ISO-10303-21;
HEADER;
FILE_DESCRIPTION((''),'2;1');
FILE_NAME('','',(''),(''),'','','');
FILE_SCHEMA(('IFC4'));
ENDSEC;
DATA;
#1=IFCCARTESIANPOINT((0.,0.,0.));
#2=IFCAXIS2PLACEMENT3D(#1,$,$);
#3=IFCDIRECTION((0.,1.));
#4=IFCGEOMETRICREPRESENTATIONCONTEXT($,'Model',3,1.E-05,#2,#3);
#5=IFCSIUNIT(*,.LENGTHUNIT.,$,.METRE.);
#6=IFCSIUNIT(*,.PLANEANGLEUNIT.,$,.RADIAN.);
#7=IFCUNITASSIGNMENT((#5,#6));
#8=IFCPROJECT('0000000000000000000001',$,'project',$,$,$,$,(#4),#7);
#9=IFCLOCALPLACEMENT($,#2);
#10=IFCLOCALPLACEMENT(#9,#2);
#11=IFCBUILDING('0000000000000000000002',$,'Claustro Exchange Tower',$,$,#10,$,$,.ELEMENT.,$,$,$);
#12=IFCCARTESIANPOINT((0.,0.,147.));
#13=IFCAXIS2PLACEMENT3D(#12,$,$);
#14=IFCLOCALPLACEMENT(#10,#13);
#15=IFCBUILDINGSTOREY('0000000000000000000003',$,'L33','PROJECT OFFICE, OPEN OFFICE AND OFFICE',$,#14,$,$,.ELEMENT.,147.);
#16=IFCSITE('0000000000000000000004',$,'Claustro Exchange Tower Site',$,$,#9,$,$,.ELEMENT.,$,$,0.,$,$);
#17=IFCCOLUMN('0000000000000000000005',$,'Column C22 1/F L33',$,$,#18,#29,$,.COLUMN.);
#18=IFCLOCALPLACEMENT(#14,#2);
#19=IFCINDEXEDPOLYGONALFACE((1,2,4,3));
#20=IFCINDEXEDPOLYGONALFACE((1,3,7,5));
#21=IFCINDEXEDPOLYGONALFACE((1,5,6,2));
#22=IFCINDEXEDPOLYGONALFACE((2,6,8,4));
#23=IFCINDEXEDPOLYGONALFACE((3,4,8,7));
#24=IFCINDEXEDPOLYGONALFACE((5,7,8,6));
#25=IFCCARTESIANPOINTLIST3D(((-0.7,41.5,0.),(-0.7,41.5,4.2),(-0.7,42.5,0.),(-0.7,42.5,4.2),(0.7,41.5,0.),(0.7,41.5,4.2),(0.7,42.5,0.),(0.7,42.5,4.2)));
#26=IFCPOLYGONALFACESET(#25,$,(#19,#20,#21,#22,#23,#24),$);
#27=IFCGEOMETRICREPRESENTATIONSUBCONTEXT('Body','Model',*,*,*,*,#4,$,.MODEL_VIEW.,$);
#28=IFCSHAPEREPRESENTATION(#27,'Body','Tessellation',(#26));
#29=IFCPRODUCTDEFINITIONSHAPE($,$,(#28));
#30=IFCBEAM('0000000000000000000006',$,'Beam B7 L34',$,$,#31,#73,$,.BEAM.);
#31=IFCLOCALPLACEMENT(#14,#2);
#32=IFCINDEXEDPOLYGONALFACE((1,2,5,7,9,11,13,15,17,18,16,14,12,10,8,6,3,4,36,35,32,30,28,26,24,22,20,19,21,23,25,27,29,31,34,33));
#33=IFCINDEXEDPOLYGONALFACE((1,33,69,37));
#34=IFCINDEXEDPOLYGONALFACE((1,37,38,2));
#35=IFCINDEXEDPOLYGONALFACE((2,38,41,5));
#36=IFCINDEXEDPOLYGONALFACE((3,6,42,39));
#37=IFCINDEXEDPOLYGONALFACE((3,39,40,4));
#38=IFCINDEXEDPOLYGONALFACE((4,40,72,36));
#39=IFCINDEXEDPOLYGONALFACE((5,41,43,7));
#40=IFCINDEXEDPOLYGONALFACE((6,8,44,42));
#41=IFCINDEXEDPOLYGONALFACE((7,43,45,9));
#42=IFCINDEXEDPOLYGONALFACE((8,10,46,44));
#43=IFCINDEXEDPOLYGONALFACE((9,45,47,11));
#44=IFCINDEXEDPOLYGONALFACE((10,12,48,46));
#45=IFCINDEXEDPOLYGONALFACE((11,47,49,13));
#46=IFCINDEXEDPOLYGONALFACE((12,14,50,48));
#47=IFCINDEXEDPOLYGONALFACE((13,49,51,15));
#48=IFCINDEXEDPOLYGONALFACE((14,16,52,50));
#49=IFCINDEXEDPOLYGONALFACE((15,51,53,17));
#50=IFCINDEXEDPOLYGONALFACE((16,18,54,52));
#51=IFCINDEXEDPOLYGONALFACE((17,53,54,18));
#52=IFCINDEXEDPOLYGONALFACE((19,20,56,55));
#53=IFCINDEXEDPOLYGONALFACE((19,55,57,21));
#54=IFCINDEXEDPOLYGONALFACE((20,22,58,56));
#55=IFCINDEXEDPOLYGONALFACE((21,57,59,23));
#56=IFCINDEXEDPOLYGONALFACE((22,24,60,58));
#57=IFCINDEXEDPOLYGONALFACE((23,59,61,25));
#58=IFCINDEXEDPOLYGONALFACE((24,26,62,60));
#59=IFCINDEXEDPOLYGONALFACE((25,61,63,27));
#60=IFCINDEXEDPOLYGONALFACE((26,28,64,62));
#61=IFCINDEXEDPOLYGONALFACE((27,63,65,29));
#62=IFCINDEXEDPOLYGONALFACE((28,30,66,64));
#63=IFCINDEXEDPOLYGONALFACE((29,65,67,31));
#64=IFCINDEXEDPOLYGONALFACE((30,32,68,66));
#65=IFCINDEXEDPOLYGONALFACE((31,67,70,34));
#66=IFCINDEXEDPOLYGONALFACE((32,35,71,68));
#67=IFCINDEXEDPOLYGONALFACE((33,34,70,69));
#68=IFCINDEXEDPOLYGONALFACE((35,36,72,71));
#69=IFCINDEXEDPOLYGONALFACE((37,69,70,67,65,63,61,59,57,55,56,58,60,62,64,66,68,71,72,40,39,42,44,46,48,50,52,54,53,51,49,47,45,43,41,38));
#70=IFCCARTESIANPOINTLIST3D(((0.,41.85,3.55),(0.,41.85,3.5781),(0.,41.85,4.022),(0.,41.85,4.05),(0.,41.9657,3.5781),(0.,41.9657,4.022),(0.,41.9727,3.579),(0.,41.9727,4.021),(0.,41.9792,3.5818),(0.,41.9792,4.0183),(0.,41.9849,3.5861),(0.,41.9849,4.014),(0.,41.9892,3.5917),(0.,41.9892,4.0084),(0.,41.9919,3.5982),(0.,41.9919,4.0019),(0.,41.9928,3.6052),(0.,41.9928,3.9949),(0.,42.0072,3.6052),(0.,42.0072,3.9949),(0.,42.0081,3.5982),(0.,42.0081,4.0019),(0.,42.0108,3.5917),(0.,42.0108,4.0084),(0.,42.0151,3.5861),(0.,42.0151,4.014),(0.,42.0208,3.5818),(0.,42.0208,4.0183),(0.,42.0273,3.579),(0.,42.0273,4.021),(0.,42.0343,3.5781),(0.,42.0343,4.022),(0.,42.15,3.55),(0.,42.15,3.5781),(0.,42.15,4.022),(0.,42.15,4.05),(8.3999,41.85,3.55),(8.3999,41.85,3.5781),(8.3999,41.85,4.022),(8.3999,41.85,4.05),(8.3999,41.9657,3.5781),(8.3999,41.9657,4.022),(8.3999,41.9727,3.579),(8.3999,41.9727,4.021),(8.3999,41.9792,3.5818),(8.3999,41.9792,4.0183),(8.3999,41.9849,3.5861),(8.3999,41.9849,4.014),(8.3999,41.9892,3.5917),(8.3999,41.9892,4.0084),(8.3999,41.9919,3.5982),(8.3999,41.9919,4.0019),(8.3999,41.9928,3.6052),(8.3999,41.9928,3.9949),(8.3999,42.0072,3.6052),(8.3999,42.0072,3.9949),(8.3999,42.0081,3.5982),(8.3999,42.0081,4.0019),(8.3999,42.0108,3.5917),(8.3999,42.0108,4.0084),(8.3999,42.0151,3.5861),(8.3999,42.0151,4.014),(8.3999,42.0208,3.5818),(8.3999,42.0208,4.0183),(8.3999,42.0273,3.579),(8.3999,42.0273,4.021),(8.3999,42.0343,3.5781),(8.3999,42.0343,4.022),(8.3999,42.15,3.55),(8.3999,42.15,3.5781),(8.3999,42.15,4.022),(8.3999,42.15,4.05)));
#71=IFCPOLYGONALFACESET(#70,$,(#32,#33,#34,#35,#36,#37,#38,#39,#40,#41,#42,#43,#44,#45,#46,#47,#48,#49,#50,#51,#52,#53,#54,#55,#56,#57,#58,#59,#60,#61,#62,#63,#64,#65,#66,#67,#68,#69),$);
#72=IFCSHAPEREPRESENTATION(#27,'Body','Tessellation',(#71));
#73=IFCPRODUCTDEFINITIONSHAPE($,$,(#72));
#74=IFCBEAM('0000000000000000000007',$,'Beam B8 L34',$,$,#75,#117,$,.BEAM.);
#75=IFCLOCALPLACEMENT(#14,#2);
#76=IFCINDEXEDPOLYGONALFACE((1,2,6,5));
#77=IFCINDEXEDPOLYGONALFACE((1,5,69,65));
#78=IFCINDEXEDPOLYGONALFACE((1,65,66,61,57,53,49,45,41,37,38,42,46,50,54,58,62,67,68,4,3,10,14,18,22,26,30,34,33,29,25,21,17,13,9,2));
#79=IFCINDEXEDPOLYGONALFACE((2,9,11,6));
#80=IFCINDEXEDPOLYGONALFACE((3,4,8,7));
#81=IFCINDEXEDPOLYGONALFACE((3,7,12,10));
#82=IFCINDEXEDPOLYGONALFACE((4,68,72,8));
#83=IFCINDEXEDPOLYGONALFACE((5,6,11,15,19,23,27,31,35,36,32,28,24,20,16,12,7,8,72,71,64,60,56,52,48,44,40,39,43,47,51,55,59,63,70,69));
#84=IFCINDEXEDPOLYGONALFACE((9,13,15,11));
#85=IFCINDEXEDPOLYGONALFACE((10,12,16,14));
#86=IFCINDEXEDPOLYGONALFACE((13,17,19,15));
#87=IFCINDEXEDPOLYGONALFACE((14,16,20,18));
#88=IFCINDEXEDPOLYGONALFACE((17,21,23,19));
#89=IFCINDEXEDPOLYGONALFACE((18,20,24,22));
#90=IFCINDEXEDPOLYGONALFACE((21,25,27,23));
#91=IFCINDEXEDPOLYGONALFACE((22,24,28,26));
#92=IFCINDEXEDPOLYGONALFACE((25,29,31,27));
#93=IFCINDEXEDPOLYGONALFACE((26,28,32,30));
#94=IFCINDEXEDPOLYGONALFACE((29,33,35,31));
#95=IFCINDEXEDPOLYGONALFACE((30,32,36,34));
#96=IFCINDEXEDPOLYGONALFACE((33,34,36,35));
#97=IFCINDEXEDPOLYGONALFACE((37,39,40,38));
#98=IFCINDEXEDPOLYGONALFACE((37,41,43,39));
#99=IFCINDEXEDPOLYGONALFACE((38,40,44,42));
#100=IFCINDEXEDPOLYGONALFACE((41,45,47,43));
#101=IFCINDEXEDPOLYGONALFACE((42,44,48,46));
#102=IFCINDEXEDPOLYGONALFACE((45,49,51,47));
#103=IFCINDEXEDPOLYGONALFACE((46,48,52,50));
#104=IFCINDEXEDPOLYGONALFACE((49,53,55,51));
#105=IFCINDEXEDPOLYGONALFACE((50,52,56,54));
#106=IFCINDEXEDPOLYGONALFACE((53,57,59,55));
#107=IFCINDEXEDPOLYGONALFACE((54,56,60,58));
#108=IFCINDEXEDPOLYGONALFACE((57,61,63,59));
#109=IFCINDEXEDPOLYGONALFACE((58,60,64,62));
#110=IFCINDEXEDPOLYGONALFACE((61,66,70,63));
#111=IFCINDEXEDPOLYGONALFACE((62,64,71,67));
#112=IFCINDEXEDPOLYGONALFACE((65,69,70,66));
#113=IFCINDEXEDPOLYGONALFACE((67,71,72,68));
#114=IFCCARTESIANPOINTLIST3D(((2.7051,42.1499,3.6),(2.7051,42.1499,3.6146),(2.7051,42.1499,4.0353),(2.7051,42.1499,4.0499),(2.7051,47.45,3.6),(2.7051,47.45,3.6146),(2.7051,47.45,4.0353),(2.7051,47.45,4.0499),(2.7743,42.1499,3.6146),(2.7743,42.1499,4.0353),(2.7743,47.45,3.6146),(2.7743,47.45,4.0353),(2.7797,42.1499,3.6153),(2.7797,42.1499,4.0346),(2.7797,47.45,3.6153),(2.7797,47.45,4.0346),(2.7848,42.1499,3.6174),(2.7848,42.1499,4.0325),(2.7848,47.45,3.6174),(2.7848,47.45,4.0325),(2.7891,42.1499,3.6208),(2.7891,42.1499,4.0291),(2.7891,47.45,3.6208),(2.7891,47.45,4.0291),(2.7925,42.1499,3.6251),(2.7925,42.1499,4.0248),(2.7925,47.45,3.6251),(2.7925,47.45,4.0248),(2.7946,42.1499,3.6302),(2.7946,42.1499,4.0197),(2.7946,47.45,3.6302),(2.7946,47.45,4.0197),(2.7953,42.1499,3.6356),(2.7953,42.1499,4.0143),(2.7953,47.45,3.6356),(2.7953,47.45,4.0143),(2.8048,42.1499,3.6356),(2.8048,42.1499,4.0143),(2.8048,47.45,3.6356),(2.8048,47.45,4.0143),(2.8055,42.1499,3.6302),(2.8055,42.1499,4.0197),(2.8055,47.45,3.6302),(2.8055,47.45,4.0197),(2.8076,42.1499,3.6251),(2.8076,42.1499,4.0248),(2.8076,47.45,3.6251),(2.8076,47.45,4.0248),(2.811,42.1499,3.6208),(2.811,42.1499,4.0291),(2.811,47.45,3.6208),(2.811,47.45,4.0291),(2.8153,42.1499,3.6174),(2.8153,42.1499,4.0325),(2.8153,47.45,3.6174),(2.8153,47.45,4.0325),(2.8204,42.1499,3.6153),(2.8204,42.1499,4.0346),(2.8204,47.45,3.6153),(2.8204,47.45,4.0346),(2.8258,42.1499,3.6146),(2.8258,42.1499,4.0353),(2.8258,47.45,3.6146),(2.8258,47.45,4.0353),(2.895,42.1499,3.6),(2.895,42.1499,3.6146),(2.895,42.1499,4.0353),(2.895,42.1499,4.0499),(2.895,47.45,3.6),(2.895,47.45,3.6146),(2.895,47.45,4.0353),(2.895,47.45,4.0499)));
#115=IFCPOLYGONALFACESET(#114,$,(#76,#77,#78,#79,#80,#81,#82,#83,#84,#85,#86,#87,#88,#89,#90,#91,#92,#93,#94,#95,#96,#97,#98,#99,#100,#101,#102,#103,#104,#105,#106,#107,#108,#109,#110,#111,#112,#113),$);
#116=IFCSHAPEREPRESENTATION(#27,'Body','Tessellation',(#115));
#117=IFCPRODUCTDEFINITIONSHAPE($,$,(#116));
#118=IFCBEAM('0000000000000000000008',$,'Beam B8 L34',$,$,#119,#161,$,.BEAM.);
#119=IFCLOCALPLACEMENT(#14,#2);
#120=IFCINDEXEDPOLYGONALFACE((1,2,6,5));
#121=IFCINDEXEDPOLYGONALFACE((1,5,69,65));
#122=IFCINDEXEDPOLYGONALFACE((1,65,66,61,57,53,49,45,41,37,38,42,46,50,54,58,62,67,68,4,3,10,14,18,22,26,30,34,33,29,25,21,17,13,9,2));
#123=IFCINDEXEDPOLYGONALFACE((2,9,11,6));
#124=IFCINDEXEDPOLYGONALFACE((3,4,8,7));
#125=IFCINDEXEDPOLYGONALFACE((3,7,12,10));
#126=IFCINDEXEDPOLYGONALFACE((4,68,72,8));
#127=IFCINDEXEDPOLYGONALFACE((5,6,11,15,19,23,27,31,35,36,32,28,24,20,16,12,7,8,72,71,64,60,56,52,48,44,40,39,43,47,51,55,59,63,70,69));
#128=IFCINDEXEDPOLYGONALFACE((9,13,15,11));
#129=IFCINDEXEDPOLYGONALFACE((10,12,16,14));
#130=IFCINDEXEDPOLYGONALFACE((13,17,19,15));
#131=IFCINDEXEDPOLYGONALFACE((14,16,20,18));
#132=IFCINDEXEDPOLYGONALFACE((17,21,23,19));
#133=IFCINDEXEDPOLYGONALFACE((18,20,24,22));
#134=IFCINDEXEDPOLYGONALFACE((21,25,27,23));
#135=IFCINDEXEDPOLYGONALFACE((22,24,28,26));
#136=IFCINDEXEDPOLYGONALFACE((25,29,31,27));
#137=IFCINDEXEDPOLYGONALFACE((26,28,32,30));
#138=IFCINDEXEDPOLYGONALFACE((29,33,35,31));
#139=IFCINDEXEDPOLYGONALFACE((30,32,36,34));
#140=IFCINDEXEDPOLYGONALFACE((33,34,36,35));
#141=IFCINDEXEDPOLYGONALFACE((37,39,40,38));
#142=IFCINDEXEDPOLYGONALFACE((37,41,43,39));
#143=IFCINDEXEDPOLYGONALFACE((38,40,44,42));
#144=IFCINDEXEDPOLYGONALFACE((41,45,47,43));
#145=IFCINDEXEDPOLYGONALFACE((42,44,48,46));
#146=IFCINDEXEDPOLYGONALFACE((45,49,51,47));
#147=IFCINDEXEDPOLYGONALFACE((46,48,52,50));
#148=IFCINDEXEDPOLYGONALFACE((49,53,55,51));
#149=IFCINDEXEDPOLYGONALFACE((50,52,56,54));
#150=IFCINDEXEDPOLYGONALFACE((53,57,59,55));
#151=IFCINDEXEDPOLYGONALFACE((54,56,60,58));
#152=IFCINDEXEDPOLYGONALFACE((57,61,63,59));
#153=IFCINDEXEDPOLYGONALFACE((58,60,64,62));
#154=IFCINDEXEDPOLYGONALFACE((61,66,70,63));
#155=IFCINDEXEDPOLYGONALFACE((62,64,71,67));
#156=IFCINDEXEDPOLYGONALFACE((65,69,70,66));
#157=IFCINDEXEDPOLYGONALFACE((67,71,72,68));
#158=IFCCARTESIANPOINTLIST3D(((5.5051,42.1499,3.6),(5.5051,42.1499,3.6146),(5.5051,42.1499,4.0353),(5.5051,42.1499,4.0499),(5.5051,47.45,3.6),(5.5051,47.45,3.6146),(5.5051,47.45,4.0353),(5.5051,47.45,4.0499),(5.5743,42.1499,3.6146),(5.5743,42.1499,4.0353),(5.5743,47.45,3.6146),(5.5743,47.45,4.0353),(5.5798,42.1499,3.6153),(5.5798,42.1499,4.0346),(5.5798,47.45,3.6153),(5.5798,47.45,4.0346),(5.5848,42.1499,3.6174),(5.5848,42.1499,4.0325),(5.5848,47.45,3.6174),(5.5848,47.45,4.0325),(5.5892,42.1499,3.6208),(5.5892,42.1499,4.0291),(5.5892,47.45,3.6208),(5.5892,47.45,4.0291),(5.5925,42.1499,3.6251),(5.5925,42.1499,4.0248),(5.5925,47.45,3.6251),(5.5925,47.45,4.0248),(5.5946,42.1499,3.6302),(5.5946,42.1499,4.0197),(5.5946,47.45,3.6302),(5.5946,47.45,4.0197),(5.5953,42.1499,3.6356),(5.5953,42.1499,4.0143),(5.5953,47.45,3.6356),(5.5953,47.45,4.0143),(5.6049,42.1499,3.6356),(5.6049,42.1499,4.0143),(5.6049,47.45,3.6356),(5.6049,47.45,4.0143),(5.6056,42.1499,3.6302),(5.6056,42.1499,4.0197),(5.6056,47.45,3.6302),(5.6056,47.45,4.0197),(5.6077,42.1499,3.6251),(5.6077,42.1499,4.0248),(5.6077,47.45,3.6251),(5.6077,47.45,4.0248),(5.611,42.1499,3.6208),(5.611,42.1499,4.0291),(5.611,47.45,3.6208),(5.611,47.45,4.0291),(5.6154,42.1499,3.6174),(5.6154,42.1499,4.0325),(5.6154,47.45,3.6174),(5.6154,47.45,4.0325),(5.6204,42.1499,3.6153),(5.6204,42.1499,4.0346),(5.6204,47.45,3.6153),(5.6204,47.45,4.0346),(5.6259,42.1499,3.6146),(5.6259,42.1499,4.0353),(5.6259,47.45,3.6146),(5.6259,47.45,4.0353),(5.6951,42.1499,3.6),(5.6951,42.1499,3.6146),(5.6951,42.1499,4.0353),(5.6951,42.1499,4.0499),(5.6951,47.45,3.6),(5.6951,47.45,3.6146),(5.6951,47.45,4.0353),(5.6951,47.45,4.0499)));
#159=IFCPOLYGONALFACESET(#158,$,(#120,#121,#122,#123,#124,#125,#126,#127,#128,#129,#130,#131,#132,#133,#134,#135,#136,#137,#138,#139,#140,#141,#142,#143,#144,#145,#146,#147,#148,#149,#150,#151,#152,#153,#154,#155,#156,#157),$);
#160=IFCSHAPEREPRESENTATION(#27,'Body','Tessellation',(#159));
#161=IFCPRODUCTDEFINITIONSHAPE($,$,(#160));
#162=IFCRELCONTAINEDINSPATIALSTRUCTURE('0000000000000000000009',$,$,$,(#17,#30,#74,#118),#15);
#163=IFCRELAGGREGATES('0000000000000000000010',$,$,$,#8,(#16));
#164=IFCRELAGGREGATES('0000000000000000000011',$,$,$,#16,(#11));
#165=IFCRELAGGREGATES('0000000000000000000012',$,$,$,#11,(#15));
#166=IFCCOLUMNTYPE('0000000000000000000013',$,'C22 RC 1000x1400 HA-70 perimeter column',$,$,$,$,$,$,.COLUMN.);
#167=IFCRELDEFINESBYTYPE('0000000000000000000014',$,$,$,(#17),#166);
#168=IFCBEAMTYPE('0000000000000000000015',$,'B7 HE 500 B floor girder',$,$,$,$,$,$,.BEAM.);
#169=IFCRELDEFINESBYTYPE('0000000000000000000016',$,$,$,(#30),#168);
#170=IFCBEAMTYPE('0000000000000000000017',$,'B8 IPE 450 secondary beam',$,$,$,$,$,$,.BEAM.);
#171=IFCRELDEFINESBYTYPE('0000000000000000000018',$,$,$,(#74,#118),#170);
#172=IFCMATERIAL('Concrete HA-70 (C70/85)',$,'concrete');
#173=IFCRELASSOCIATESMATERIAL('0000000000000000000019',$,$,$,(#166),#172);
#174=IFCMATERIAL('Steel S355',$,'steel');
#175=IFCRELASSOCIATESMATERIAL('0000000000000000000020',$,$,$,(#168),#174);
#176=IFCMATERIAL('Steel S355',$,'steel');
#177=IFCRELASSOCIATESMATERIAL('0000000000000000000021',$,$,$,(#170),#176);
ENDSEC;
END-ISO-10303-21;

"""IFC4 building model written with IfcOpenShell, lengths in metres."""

from ifc_helpers import new_model, si_unit, direction, frame, origin, origin_2d, place, context, subcontext, project, spatial, rectangle, i_section, extrude, material, material_profile, profile_set, type_object, element, save


model = new_model("IFC4")

# Units and contexts
model_context = context("Model", 3, precision=1e-05, world=origin(), true_north=direction((0.0, 1.0)))
body_context = subcontext(model_context, "Body", "Model", "MODEL_VIEW")
ifc_project = project(units=[si_unit("LENGTHUNIT", "METRE"), si_unit("PLANEANGLEUNIT", "RADIAN")], contexts=[model_context])

# Site, building, storey
site_placement = place(None, origin())
site = spatial("IfcSite", under=ifc_project, at=site_placement, Name="Claustro Exchange Tower Site", CompositionType="ELEMENT", RefElevation=0.0)
building_placement = place(site_placement, origin())
building = spatial("IfcBuilding", under=site, at=building_placement, Name="Claustro Exchange Tower", CompositionType="ELEMENT")
storey_placement = place(building_placement, frame((0.0, 0.0, 147.0)))
storey = spatial("IfcBuildingStorey", under=building, at=storey_placement, Name="L33", Description="PROJECT OFFICE, OPEN OFFICE AND OFFICE", CompositionType="ELEMENT", Elevation=147.0)

# Column
ifc_material_1 = material(Name="Concrete HA-70 (C70/85)", Category="concrete")
ifc_material_profile_1 = material_profile(ifc_material_1, rectangle(XDim=1.0, YDim=1.3999, at=origin_2d()), Name="RC 1000x1400")
ifc_profile_set_1 = profile_set([ifc_material_profile_1], Name="Concrete HA-70 (C70/85)")
column_type = type_object("IfcColumnType", Name="C22 RC 1000x1400 HA-70 perimeter column", PredefinedType="COLUMN", material=ifc_profile_set_1)
column_placement = place(storey_placement, frame((0.0, 42.0, 0.0), z_axis=(0.0, 0.0, 1.0), x_axis=(0.0, 1.0, 0.0)))
element("IfcColumn", 1, at=column_placement, inside=storey, type_object=column_type, Name="Column C22 1/F L33", PredefinedType="COLUMN", context=body_context, shape_type="SweptSolid", body=[
    extrude(rectangle(XDim=1.0, YDim=1.3999, at=origin_2d()), origin(), (0.0, 0.0, 1.0), 4.2),
])

# Beams
ifc_material_2 = material(Name="Steel S355", Category="steel")
ifc_material_profile_2 = material_profile(ifc_material_2, i_section(OverallWidth=0.3, OverallDepth=0.5, WebThickness=0.0144, FlangeThickness=0.0281, FilletRadius=0.0271, at=origin_2d()), Name="HE 500 B")
ifc_profile_set_2 = profile_set([ifc_material_profile_2], Name="Steel S355")
beam_type_1 = type_object("IfcBeamType", Name="B7 HE 500 B floor girder", PredefinedType="BEAM", material=ifc_profile_set_2)
beam_1_placement = place(storey_placement, frame((0.0, 42.0, 3.8), z_axis=(1.0, 0.0, 0.0), x_axis=(0.0, 1.0, 0.0)))
element("IfcBeam", 2, at=beam_1_placement, inside=storey, type_object=beam_type_1, Name="Beam B7 L34", PredefinedType="BEAM", context=body_context, shape_type="SweptSolid", body=[
    extrude(i_section(OverallWidth=0.3, OverallDepth=0.5, WebThickness=0.0144, FlangeThickness=0.0281, FilletRadius=0.0271, at=origin_2d()), origin(), (0.0, 0.0, 1.0), 8.3999),
])
ifc_material_3 = material(Name="Steel S355", Category="steel")
ifc_material_profile_3 = material_profile(ifc_material_3, i_section(OverallWidth=0.1899, OverallDepth=0.45, WebThickness=0.0095, FlangeThickness=0.0146, FilletRadius=0.021, at=origin_2d()), Name="IPE 450")
ifc_profile_set_3 = profile_set([ifc_material_profile_3], Name="Steel S355")
beam_type_2 = type_object("IfcBeamType", Name="B8 IPE 450 secondary beam", PredefinedType="BEAM", material=ifc_profile_set_3)
for number, where, z_axis, x_axis, name in (
    (3, (2.8, 42.1499, 3.825), (0.0, 1.0, 0.0), (-1.0, 0.0, 0.0), "Beam B8 L34"),
    (4, (5.6001, 42.1499, 3.825), (0.0, 1.0, 0.0), (-1.0, 0.0, 0.0), "Beam B8 L34"),
):
    element("IfcBeam", number, at=place(storey_placement, frame(where, z_axis=z_axis, x_axis=x_axis)), inside=storey, type_object=beam_type_2, Name=name, PredefinedType="BEAM", context=body_context, shape_type="SweptSolid", body=[
        extrude(i_section(OverallWidth=0.1899, OverallDepth=0.45, WebThickness=0.0095, FlangeThickness=0.0146, FilletRadius=0.021, at=origin_2d()), origin(), (0.0, 0.0, 1.0), 5.3),
    ])

save(model, "model.ifc")
